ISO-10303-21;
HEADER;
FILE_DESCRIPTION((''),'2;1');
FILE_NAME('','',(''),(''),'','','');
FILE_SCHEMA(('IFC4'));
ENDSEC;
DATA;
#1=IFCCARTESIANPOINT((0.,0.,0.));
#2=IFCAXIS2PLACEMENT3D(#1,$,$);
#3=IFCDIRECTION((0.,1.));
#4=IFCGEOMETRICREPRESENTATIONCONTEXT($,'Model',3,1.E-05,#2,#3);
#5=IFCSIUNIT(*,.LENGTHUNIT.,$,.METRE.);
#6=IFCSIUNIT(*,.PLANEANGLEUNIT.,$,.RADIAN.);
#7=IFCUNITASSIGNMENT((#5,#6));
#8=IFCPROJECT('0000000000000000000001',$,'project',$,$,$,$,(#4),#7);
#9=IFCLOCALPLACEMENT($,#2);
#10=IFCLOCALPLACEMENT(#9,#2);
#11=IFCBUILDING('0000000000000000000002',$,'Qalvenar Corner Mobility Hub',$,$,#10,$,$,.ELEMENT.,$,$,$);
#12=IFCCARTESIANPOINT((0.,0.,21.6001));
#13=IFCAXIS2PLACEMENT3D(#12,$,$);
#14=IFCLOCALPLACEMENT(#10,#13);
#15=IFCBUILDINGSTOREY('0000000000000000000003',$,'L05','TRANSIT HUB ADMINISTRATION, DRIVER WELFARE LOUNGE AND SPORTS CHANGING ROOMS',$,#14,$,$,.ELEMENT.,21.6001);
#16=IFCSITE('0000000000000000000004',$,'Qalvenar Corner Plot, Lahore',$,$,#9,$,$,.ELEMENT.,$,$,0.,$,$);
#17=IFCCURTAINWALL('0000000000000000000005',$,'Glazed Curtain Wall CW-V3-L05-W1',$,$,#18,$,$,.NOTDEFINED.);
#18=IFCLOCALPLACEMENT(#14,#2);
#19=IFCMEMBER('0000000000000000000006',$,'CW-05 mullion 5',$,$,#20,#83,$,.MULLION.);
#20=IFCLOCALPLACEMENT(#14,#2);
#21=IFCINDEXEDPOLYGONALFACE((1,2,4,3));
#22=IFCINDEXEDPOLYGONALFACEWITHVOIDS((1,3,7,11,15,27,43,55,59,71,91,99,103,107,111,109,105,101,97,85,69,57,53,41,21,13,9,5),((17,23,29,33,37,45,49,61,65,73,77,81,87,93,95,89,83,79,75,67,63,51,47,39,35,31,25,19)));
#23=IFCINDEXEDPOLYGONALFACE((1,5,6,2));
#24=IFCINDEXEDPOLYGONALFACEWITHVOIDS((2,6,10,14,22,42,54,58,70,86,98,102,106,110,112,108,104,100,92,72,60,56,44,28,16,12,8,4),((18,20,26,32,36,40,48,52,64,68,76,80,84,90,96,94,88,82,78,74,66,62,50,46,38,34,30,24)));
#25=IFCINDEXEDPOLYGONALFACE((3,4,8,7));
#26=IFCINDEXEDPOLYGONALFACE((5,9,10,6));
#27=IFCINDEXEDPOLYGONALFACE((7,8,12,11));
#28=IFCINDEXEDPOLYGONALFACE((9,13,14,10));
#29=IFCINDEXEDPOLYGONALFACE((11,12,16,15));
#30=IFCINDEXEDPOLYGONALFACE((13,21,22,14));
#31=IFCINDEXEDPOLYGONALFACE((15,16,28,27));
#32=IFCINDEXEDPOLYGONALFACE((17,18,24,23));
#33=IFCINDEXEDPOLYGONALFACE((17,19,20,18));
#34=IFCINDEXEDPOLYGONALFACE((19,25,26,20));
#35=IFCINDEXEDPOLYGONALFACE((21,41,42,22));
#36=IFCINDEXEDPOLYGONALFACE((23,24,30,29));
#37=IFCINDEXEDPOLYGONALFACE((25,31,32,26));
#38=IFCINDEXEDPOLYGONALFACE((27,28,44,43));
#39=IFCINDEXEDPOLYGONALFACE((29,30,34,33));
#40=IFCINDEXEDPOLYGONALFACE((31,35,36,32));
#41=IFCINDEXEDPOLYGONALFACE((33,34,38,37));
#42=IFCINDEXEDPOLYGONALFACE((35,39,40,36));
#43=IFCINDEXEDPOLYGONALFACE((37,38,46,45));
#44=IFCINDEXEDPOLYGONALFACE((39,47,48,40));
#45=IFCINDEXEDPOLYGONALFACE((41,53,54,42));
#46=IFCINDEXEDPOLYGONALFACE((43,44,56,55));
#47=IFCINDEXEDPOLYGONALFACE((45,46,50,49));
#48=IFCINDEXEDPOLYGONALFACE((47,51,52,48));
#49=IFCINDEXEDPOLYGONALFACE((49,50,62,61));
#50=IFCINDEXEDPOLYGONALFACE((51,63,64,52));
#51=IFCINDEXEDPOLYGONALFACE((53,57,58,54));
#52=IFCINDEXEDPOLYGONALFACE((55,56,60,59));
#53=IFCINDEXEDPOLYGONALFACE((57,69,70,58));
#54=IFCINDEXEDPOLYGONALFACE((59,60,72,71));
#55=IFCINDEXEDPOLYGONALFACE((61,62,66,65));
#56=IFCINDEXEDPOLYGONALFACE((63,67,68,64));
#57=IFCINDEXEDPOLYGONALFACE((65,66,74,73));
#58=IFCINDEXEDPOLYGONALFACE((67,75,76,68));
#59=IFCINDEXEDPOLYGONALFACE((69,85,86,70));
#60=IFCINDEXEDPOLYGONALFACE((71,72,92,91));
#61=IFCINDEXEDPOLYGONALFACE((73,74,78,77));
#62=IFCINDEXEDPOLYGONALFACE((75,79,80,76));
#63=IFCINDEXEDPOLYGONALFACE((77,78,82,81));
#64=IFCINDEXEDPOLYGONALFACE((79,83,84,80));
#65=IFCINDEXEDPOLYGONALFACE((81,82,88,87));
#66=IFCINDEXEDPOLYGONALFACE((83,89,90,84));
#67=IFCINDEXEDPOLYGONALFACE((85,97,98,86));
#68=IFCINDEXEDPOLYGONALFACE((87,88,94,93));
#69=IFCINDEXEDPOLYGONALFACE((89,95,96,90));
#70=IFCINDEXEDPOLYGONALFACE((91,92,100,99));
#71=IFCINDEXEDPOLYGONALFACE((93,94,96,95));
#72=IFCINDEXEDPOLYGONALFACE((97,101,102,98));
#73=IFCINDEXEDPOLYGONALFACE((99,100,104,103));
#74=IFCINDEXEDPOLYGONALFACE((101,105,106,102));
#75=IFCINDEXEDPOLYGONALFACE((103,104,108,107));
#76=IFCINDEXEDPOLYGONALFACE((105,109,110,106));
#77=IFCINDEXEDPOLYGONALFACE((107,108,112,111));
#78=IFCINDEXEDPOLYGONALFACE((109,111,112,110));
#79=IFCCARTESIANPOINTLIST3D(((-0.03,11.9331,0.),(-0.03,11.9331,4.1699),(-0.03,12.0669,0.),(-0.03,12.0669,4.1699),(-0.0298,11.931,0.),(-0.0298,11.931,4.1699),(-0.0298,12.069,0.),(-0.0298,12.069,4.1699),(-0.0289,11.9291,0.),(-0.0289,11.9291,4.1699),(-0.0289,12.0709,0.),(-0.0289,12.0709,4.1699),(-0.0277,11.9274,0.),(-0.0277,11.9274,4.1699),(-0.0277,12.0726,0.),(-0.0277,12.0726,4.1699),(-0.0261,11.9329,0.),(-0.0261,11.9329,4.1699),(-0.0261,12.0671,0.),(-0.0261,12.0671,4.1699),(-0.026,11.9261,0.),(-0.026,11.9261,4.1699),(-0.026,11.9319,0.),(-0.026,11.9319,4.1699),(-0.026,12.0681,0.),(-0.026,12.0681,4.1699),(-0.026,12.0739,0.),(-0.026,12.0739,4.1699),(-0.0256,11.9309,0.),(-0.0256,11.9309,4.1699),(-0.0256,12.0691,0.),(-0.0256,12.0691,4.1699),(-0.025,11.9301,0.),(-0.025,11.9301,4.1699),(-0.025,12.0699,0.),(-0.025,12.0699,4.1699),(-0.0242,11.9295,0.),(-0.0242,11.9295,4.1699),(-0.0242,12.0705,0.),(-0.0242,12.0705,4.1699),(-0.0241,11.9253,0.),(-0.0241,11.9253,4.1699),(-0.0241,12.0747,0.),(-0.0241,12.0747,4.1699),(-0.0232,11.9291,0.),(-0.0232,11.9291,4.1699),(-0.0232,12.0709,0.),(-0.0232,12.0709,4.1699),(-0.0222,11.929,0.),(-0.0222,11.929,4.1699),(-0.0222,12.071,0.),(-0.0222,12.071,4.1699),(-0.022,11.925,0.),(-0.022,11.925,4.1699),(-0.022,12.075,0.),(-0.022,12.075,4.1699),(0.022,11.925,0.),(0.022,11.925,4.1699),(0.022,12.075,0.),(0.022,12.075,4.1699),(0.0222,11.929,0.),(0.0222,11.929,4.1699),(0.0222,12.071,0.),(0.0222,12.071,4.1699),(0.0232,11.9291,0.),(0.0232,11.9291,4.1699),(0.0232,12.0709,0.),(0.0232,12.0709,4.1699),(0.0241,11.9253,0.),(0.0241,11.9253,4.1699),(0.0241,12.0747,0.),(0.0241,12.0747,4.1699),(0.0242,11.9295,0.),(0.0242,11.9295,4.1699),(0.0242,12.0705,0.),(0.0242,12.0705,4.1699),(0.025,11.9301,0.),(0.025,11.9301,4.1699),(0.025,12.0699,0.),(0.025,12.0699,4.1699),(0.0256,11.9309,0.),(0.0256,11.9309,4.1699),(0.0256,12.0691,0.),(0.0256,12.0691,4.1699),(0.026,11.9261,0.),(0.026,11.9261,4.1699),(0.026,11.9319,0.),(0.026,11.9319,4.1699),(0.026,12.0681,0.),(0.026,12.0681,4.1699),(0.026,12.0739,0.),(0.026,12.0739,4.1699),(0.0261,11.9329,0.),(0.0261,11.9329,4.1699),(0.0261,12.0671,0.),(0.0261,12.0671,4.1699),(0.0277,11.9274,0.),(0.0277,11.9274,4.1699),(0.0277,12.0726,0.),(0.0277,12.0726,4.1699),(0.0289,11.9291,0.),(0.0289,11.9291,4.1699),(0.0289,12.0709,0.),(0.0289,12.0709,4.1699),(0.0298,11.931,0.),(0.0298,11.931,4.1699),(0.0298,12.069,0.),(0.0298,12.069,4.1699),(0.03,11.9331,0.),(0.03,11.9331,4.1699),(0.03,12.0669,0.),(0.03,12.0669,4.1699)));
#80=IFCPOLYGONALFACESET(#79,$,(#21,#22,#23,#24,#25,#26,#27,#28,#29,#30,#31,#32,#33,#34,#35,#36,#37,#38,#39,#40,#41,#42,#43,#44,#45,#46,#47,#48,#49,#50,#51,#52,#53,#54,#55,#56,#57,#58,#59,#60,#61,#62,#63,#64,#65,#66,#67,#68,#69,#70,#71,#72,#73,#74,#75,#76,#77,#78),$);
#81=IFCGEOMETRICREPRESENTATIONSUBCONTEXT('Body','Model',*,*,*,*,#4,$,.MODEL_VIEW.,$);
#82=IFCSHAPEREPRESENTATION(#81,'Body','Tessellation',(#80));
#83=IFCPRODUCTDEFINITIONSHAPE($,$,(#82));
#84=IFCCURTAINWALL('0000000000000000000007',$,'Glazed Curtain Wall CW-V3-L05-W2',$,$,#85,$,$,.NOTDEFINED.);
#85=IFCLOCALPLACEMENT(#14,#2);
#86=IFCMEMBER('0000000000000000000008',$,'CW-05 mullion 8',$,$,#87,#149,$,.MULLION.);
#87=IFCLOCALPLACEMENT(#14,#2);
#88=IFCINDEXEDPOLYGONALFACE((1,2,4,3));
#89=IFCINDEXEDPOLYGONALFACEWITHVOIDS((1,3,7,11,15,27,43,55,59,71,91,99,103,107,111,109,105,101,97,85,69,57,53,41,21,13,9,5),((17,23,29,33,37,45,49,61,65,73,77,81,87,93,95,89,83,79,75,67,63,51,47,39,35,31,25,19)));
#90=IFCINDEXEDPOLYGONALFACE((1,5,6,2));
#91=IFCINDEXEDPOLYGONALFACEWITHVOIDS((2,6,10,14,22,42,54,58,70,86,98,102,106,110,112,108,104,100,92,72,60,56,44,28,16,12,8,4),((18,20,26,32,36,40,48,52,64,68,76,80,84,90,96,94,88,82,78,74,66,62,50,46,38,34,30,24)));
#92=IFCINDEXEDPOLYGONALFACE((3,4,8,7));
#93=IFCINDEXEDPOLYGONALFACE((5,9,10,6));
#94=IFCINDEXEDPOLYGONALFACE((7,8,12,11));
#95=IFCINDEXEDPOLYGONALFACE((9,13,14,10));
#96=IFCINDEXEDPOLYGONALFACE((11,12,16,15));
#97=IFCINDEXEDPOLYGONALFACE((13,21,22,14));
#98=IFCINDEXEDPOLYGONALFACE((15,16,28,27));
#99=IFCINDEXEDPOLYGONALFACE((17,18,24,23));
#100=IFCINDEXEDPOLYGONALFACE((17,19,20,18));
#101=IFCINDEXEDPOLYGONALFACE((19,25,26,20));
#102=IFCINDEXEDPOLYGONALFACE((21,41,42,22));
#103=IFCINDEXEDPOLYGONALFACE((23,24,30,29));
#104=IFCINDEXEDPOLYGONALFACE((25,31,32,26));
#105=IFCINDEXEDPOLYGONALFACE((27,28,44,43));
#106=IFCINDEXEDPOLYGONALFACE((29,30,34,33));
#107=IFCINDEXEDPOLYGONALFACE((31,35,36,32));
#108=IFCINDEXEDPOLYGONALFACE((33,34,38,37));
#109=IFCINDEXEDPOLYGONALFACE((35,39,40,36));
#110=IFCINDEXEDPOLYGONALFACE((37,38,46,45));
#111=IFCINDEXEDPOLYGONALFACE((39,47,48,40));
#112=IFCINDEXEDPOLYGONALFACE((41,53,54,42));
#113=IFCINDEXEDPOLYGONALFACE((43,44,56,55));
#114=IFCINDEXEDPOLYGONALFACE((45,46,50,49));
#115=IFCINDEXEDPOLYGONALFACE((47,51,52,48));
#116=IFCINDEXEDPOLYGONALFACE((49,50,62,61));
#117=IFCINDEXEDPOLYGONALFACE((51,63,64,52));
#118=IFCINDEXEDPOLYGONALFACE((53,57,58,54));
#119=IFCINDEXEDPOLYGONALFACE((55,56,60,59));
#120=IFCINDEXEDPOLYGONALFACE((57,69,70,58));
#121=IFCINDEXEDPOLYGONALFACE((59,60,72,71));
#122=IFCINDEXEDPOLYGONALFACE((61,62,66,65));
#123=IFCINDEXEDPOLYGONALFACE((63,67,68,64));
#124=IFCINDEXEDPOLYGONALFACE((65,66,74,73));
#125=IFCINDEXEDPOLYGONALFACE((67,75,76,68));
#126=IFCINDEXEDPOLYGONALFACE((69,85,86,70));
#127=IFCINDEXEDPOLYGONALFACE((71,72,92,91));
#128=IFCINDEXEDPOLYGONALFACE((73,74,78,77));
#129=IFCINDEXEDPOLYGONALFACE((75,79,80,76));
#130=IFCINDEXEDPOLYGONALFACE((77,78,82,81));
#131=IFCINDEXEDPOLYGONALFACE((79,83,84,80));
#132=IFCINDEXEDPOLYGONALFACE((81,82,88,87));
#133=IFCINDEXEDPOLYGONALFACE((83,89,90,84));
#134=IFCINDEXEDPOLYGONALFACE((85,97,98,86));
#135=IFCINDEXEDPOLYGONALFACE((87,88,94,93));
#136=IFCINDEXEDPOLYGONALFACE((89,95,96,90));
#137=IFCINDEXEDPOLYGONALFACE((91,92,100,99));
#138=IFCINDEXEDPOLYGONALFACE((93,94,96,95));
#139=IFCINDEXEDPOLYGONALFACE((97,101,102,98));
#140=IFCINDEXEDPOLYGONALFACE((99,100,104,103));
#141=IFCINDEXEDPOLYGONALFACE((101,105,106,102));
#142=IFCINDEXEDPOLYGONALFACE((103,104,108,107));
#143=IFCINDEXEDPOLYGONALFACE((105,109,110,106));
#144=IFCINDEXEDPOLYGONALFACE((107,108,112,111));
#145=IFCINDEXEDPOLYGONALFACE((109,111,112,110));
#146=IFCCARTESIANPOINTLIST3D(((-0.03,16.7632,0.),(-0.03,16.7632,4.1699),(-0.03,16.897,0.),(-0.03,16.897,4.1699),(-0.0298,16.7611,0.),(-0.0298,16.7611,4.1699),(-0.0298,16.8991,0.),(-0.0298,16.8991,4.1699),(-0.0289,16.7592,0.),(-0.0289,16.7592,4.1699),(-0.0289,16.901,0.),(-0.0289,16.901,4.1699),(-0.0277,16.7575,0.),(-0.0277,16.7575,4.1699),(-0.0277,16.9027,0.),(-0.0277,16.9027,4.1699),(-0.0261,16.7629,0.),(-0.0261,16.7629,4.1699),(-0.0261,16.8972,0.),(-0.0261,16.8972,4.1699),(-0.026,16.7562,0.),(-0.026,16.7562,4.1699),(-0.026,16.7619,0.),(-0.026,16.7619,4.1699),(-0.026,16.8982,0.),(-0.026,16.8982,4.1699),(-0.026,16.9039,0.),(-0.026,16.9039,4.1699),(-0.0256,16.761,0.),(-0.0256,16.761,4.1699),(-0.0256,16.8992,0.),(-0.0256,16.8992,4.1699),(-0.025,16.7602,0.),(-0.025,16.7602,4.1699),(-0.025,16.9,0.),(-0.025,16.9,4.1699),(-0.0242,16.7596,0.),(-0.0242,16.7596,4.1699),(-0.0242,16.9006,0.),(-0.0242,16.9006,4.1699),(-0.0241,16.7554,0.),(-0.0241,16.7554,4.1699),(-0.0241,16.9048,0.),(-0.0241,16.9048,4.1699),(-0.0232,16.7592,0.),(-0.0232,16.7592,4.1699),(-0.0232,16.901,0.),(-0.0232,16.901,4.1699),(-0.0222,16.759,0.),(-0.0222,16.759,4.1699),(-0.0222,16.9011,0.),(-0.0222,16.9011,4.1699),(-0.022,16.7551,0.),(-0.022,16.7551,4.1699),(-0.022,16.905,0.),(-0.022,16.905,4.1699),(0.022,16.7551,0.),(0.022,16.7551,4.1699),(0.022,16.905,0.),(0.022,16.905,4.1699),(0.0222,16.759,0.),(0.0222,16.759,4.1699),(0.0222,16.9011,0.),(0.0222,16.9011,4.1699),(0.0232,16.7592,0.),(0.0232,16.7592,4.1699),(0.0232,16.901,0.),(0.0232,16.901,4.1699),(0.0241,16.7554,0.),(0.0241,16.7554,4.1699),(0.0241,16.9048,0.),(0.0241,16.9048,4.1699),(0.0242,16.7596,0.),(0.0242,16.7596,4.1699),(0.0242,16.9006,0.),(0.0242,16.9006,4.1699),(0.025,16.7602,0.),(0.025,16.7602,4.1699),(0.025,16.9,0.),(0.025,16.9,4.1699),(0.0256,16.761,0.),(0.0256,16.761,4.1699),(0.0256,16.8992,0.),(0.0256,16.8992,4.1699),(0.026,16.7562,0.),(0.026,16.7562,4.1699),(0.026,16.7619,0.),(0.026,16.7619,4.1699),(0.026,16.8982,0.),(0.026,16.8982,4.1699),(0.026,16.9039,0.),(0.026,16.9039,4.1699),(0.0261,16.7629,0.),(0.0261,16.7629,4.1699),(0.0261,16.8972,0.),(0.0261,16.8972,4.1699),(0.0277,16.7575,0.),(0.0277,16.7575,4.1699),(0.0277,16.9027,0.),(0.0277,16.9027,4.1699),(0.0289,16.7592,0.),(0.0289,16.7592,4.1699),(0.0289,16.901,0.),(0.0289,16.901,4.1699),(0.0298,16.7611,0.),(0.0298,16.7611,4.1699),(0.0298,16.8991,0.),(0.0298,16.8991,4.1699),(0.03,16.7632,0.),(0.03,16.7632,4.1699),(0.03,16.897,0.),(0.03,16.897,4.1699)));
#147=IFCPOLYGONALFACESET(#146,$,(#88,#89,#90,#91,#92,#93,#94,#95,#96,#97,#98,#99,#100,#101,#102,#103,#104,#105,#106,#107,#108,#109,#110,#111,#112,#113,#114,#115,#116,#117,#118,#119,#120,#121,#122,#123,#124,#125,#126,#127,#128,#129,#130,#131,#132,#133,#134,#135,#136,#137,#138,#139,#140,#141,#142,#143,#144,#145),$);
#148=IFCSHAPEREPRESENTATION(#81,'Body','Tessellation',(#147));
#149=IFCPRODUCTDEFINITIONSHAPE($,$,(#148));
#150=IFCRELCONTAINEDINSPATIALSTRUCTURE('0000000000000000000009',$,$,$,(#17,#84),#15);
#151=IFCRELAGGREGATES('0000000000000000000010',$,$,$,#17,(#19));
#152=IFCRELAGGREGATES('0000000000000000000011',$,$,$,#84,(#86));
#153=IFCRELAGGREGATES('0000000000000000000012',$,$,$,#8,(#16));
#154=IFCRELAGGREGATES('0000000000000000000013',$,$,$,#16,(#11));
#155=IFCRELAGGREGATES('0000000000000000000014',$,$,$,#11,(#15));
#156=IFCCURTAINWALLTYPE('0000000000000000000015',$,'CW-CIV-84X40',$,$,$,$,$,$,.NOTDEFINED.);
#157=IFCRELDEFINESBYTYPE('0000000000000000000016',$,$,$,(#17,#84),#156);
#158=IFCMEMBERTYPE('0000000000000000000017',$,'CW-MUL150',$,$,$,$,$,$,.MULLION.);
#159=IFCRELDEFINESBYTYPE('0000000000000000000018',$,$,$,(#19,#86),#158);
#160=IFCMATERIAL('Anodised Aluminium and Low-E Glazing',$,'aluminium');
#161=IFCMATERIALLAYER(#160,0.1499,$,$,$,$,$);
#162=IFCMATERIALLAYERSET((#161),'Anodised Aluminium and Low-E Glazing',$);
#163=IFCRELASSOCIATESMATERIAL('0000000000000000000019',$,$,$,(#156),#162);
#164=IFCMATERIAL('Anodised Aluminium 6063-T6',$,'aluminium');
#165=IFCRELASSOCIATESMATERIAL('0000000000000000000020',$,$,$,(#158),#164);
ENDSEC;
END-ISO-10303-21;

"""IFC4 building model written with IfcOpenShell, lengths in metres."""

from ifc_helpers import new_model, si_unit, direction, frame, origin, origin_2d, place, context, subcontext, project, spatial, hollow_rectangle, extrude, material, layer, layer_set, material_profile, profile_set, type_object, element, aggregate, save


model = new_model("IFC4")

# Units and contexts
model_context = context("Model", 3, precision=1e-05, world=origin(), true_north=direction((0.0, 1.0)))
body_context = subcontext(model_context, "Body", "Model", "MODEL_VIEW")
ifc_project = project(units=[si_unit("LENGTHUNIT", "METRE"), si_unit("PLANEANGLEUNIT", "RADIAN")], contexts=[model_context])

# Site, building, storey
site_placement = place(None, origin())
site = spatial("IfcSite", under=ifc_project, at=site_placement, Name="Qalvenar Corner Plot, Lahore", CompositionType="ELEMENT", RefElevation=0.0)
building_placement = place(site_placement, origin())
building = spatial("IfcBuilding", under=site, at=building_placement, Name="Qalvenar Corner Mobility Hub", CompositionType="ELEMENT")
storey_placement = place(building_placement, frame((0.0, 0.0, 21.6001)))
storey = spatial("IfcBuildingStorey", under=building, at=storey_placement, Name="L05", Description="TRANSIT HUB ADMINISTRATION, DRIVER WELFARE LOUNGE AND SPORTS CHANGING ROOMS", CompositionType="ELEMENT", Elevation=21.6001)

# Curtain wall, member
ifc_material_1 = material(Name="Anodised Aluminium and Low-E Glazing", Category="aluminium")
ifc_layer_1 = layer(ifc_material_1, 0.1499)
ifc_layer_set_1 = layer_set([ifc_layer_1], Name="Anodised Aluminium and Low-E Glazing")
curtain_wall_type = type_object("IfcCurtainWallType", Name="CW-CIV-84X40", PredefinedType="NOTDEFINED", material=ifc_layer_set_1)
curtain_wall_1_placement = place(storey_placement, origin())
curtain_wall_1 = element("IfcCurtainWall", 1, at=curtain_wall_1_placement, inside=storey, type_object=curtain_wall_type, Name="Glazed Curtain Wall CW-V3-L05-W1", PredefinedType="NOTDEFINED")
ifc_material_2 = material(Name="Anodised Aluminium 6063-T6", Category="aluminium")
ifc_material_profile_1 = material_profile(ifc_material_2, hollow_rectangle(XDim=0.0601, YDim=0.1499, WallThickness=0.0039, InnerFilletRadius=0.0039, OuterFilletRadius=0.0081, at=origin_2d()), Name="RHS150x60x4")
ifc_profile_set_1 = profile_set([ifc_material_profile_1], Name="Anodised Aluminium 6063-T6")
member_type_1 = type_object("IfcMemberType", Name="CW-MUL150", PredefinedType="MULLION", material=ifc_profile_set_1)
member_1_placement = place(storey_placement, frame((0.0, 12.0, 0.0), z_axis=(0.0, 0.0, 1.0), x_axis=(1.0, 0.0, 0.0)))
member_1 = element("IfcMember", 2, at=member_1_placement, type_object=member_type_1, Name="CW-05 mullion 5", PredefinedType="MULLION", context=body_context, shape_type="SweptSolid", body=[
    extrude(hollow_rectangle(XDim=0.0601, YDim=0.1499, WallThickness=0.0039, InnerFilletRadius=0.0039, OuterFilletRadius=0.0081, at=origin_2d()), origin(), (0.0, 0.0, 1.0), 4.1699),
])

# Curtain wall, member
curtain_wall_2_placement = place(storey_placement, origin())
curtain_wall_2 = element("IfcCurtainWall", 3, at=curtain_wall_2_placement, inside=storey, type_object=curtain_wall_type, Name="Glazed Curtain Wall CW-V3-L05-W2", PredefinedType="NOTDEFINED")
member_2_placement = place(storey_placement, frame((0.0, 16.8301, 0.0), z_axis=(0.0, 0.0, 1.0), x_axis=(1.0, 0.0, 0.0)))
member_2 = element("IfcMember", 4, at=member_2_placement, type_object=member_type_1, Name="CW-05 mullion 8", PredefinedType="MULLION", context=body_context, shape_type="SweptSolid", body=[
    extrude(hollow_rectangle(XDim=0.0601, YDim=0.1499, WallThickness=0.0039, InnerFilletRadius=0.0039, OuterFilletRadius=0.0081, at=origin_2d()), origin(), (0.0, 0.0, 1.0), 4.1699),
])

aggregate(curtain_wall_1, [member_1])
aggregate(curtain_wall_2, [member_2])

save(model, "model.ifc")
